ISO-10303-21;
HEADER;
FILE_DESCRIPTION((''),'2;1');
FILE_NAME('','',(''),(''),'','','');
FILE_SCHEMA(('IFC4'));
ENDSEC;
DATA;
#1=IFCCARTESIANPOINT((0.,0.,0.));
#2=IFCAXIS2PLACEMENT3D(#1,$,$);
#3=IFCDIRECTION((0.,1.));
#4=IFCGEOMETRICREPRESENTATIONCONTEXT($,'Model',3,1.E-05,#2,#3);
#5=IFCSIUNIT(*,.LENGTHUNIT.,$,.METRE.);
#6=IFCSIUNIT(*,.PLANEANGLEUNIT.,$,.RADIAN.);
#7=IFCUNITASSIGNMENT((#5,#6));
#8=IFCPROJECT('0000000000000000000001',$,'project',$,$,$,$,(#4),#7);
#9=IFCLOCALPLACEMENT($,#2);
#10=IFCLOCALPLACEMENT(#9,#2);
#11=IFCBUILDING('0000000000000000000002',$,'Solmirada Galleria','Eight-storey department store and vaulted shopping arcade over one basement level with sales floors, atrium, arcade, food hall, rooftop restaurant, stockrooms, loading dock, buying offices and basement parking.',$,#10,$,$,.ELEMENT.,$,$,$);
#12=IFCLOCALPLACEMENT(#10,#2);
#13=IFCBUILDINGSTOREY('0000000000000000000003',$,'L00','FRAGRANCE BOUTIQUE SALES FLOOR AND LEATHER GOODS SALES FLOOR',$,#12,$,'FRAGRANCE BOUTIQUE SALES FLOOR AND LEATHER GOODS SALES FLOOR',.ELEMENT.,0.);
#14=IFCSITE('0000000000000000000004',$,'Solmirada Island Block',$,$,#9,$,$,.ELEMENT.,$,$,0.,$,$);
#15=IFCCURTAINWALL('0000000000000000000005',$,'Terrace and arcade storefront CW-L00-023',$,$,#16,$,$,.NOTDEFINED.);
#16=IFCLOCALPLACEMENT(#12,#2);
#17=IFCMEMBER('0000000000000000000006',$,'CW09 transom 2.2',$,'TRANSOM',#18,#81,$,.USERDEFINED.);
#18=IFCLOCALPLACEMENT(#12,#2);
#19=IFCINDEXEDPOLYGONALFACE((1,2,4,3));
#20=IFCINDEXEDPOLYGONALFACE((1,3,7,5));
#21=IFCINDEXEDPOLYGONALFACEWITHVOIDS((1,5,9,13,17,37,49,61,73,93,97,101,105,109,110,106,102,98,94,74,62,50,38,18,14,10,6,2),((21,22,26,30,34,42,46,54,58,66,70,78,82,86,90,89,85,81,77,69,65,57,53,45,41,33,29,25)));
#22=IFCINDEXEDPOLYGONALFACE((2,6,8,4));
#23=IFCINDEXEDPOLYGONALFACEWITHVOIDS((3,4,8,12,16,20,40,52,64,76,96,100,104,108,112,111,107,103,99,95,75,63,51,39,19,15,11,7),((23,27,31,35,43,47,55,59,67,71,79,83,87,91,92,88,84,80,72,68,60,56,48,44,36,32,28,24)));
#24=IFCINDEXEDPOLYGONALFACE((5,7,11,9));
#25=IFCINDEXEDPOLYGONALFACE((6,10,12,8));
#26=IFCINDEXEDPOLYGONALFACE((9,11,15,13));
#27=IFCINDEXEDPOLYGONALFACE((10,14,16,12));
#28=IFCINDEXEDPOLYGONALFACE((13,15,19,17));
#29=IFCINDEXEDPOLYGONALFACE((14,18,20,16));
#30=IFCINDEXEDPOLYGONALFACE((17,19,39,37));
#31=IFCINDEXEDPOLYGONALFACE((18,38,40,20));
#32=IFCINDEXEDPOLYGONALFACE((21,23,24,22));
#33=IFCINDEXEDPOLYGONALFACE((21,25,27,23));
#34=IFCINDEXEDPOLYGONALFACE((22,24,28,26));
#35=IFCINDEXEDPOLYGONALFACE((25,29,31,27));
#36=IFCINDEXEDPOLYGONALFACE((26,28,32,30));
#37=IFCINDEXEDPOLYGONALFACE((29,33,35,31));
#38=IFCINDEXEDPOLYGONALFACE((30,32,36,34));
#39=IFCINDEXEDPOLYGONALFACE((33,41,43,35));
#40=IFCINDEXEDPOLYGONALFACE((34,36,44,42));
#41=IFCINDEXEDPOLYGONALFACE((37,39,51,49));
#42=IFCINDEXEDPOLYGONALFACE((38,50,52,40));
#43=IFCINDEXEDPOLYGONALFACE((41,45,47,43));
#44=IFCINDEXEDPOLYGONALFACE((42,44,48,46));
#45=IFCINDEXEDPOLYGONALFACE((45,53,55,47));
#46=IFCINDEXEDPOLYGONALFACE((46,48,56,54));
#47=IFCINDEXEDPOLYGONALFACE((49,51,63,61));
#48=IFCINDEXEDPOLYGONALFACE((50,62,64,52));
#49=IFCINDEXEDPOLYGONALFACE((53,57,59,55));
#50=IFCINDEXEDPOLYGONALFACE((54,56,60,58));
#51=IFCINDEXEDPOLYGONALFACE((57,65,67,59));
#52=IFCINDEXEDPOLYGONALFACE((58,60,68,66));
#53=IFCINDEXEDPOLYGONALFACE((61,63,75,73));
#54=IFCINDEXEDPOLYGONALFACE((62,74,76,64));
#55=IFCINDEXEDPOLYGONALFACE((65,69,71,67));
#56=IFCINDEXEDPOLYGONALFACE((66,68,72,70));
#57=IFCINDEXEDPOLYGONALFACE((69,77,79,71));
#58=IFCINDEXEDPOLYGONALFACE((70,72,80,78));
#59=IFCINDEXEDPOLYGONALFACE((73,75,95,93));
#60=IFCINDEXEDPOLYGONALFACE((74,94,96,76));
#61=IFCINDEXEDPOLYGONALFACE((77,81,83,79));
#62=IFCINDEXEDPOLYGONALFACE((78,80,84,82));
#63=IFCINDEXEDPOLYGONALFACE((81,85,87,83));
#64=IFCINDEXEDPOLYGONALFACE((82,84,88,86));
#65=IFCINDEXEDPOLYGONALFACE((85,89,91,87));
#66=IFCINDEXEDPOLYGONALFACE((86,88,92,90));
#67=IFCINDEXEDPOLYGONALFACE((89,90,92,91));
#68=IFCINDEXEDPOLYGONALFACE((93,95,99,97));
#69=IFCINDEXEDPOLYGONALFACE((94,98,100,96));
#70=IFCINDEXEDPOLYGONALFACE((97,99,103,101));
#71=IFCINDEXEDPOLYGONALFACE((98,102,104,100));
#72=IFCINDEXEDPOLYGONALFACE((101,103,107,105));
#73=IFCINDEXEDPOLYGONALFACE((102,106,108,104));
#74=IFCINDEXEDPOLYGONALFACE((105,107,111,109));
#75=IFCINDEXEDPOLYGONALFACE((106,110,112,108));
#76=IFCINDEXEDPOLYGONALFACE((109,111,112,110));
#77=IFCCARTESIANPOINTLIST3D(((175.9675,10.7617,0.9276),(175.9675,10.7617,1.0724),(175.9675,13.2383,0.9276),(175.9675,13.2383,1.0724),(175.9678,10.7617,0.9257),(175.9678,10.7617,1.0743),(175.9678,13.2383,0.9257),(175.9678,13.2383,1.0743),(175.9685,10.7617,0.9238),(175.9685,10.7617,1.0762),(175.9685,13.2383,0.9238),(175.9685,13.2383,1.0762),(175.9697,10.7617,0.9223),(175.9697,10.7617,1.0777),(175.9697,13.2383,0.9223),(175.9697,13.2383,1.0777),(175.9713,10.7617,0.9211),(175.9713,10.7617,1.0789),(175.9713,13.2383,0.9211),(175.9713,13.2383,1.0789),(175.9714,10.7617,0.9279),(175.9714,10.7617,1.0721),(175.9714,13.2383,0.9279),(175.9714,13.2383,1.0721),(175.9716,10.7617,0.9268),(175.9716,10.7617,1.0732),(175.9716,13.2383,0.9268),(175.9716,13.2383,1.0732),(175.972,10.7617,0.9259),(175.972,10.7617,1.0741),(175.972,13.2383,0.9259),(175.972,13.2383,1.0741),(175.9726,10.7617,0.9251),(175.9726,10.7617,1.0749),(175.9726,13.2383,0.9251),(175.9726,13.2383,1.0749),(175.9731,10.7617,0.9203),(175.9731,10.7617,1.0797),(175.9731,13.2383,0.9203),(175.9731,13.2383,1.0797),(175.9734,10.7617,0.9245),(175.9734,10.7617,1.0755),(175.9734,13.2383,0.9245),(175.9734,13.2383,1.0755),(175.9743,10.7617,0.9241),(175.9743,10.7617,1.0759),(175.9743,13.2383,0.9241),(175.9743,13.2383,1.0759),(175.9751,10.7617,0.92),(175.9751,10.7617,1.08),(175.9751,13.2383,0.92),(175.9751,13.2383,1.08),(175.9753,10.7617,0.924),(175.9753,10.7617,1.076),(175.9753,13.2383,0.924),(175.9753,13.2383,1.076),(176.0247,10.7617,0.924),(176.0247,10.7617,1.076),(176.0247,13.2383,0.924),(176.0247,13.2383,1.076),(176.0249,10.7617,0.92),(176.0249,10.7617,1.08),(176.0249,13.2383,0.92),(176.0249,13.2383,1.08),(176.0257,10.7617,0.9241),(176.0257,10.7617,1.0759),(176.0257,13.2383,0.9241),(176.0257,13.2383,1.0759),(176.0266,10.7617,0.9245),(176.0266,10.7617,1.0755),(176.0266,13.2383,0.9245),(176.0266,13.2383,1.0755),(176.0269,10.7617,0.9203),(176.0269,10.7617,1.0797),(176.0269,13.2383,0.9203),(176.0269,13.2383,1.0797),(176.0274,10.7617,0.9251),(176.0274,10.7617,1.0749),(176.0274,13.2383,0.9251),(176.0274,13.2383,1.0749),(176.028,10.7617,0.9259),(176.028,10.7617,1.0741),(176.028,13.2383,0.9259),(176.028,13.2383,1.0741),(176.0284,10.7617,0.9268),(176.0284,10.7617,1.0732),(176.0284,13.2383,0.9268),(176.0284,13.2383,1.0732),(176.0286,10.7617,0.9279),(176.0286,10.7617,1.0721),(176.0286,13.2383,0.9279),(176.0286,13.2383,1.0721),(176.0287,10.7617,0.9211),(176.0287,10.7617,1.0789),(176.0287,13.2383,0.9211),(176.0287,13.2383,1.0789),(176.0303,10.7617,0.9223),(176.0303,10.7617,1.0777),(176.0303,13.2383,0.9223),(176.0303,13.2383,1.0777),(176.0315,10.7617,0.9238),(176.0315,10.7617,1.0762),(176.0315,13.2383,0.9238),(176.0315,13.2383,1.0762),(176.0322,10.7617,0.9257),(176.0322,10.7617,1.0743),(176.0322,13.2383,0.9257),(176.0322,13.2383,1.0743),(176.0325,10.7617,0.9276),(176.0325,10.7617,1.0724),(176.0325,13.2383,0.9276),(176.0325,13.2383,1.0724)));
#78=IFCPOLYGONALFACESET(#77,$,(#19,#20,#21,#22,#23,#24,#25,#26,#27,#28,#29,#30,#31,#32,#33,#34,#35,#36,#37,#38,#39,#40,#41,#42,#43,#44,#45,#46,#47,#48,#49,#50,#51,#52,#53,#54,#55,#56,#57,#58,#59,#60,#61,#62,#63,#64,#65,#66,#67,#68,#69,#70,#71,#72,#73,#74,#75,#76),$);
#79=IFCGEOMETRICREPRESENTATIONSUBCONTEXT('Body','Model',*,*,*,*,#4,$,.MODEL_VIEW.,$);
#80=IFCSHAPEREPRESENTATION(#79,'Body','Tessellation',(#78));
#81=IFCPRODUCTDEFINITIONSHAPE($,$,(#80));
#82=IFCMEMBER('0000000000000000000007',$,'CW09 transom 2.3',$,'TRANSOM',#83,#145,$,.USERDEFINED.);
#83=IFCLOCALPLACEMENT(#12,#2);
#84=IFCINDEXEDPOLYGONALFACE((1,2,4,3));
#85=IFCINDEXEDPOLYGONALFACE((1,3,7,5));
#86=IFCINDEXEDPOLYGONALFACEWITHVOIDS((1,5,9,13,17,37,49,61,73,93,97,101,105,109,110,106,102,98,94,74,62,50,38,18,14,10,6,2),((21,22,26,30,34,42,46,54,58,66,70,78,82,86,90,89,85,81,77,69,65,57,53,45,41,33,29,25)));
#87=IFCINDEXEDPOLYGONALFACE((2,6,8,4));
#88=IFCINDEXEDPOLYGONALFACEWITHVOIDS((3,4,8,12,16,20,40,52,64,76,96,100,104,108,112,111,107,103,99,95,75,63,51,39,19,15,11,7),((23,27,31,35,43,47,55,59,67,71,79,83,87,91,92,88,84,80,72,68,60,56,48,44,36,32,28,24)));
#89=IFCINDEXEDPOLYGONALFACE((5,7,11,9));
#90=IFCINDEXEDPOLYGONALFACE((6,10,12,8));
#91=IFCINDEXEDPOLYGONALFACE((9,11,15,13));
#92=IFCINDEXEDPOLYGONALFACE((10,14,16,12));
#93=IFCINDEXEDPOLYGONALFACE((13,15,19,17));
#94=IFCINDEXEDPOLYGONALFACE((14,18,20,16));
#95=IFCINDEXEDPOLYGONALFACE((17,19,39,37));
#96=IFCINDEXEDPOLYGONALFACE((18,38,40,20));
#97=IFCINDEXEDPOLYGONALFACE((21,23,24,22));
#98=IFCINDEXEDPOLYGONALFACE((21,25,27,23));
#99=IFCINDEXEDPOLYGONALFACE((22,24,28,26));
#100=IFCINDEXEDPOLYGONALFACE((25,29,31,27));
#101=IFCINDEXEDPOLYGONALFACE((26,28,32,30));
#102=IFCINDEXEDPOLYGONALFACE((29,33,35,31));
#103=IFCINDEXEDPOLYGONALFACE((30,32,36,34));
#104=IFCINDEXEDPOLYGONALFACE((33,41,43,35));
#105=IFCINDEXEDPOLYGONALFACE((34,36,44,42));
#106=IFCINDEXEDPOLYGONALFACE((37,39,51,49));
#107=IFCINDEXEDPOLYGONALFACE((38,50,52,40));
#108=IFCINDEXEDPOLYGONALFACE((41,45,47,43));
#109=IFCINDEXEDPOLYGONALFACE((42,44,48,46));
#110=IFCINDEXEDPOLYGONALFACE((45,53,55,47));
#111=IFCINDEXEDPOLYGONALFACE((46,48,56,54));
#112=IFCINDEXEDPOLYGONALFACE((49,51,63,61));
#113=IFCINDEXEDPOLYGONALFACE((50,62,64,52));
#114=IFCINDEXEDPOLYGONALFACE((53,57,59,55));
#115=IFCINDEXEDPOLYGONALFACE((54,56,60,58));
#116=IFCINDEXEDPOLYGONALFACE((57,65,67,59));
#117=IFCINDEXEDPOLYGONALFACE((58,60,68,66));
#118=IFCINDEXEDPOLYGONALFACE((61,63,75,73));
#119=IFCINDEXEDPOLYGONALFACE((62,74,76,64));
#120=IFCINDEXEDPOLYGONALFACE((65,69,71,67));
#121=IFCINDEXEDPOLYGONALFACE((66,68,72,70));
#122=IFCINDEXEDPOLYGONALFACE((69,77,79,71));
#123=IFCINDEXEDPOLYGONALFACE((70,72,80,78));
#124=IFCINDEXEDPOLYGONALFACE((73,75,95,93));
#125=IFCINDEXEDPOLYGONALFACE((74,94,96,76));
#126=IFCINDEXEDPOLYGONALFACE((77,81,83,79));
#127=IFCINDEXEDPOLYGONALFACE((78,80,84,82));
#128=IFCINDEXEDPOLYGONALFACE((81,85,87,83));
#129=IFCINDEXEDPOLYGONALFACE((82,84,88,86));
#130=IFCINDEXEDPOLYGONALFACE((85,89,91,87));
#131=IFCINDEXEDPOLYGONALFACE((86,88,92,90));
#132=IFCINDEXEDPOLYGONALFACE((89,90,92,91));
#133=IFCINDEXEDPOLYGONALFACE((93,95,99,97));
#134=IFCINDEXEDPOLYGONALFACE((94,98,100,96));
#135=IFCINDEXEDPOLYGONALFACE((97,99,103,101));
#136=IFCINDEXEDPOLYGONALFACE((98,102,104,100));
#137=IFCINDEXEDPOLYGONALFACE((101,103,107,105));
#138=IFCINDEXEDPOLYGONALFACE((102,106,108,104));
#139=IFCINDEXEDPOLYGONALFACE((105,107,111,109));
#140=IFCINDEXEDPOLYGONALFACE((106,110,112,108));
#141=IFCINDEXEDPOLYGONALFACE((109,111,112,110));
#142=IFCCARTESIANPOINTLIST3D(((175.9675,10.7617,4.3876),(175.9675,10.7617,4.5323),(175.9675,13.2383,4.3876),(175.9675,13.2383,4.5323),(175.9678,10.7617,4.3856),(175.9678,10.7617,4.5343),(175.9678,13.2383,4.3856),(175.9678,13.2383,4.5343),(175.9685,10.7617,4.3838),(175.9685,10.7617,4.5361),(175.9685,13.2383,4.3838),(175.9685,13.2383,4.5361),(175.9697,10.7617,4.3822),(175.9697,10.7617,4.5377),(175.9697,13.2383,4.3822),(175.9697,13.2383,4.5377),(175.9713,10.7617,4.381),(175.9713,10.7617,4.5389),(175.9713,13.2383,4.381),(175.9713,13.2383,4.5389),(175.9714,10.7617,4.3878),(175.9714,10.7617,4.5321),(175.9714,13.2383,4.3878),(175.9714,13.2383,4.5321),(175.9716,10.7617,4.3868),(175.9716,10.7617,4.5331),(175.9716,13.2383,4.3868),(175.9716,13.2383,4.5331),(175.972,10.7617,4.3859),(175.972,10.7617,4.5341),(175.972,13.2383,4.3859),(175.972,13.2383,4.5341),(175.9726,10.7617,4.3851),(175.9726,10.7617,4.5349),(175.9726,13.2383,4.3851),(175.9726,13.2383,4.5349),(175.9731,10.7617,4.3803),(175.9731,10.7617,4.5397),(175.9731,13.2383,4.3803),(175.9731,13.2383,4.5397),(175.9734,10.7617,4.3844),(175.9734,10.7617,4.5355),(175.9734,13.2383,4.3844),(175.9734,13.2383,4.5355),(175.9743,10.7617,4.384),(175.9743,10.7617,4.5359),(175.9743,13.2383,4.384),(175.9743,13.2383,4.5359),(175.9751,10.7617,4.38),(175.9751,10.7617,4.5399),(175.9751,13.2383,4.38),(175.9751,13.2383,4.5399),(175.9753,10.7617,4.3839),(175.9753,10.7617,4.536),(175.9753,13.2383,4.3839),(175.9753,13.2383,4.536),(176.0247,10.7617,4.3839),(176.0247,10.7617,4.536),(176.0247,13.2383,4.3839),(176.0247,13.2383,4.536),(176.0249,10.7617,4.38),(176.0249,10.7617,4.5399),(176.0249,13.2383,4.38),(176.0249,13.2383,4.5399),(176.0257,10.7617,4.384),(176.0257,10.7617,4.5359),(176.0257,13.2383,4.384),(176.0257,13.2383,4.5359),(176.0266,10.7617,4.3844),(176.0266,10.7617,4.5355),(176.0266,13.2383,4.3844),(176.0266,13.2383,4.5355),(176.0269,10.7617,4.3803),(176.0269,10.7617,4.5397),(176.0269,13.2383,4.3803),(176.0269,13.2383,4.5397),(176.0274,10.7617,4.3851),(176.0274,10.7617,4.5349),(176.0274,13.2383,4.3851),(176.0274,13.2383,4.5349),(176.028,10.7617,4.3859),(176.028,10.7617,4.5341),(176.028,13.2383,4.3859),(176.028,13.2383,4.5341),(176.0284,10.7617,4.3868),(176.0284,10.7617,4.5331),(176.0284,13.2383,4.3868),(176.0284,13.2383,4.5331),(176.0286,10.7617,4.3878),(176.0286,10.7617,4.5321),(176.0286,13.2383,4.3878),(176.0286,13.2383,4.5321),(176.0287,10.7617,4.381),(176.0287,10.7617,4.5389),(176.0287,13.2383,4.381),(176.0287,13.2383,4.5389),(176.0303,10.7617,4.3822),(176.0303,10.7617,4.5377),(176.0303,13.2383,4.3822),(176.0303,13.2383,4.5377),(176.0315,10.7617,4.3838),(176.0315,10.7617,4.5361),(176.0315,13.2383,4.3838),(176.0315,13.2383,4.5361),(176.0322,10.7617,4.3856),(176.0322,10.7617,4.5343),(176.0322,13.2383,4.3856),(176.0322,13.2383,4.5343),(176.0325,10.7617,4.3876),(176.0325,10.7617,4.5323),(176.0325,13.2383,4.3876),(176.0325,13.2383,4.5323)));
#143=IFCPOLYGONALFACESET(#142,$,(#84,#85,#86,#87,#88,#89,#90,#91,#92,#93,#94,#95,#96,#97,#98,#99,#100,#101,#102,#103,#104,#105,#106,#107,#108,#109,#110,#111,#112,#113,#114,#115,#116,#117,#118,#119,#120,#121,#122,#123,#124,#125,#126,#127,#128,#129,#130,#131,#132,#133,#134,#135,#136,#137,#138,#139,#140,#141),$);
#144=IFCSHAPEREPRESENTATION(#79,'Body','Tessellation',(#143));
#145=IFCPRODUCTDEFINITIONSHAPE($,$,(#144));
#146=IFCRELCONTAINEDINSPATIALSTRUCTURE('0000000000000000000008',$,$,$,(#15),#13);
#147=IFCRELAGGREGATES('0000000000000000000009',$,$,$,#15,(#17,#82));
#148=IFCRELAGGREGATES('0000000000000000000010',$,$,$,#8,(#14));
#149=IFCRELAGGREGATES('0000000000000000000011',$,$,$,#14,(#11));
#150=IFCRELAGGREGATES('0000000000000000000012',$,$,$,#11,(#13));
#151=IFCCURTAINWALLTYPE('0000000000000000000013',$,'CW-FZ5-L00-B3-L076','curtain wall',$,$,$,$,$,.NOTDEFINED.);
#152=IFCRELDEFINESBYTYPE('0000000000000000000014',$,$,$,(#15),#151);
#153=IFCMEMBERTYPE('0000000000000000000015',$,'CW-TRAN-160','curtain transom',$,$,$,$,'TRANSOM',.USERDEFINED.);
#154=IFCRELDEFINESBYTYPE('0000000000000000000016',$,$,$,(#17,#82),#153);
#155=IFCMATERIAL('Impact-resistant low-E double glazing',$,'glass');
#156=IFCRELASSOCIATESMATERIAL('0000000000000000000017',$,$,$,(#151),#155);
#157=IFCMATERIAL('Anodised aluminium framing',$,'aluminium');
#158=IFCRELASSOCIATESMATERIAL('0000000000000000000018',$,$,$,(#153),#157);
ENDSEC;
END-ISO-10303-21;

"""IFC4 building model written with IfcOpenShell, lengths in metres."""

from ifc_helpers import new_model, si_unit, direction, frame, origin, origin_2d, place, context, subcontext, project, spatial, hollow_rectangle, extrude, material, material_profile, profile_set, type_object, element, aggregate, save


model = new_model("IFC4")

# Units and contexts
model_context = context("Model", 3, precision=1e-05, world=origin(), true_north=direction((0.0, 1.0)))
body_context = subcontext(model_context, "Body", "Model", "MODEL_VIEW")
ifc_project = project(units=[si_unit("LENGTHUNIT", "METRE"), si_unit("PLANEANGLEUNIT", "RADIAN")], contexts=[model_context])

# Site, building, storey
site_placement = place(None, origin())
site = spatial("IfcSite", under=ifc_project, at=site_placement, Name="Solmirada Island Block", CompositionType="ELEMENT", RefElevation=0.0)
building_placement = place(site_placement, origin())
building = spatial("IfcBuilding", under=site, at=building_placement, Name="Solmirada Galleria", Description="Eight-storey department store and vaulted shopping arcade over one basement level with sales floors, atrium, arcade, food hall, rooftop restaurant, stockrooms, loading dock, buying offices and basement parking.", CompositionType="ELEMENT")
storey_placement = place(building_placement, origin())
storey = spatial("IfcBuildingStorey", under=building, at=storey_placement, Name="L00", Description="FRAGRANCE BOUTIQUE SALES FLOOR AND LEATHER GOODS SALES FLOOR", LongName="FRAGRANCE BOUTIQUE SALES FLOOR AND LEATHER GOODS SALES FLOOR", CompositionType="ELEMENT", Elevation=0.0)

# Curtain wall
ifc_material_1 = material(Name="Impact-resistant low-E double glazing", Category="glass")
curtain_wall_type = type_object("IfcCurtainWallType", Name="CW-FZ5-L00-B3-L076", Description="curtain wall", PredefinedType="NOTDEFINED", material=ifc_material_1)
curtain_wall_1_placement = place(storey_placement, origin())
curtain_wall_1 = element("IfcCurtainWall", 1, at=curtain_wall_1_placement, inside=storey, type_object=curtain_wall_type, Name="Terrace and arcade storefront CW-L00-023", PredefinedType="NOTDEFINED")
ifc_material_2 = material(Name="Anodised aluminium framing", Category="aluminium")

# Members
ifc_material_profile_1 = material_profile(ifc_material_2, hollow_rectangle(XDim=0.0649, YDim=0.1599, WallThickness=0.0039, InnerFilletRadius=0.0039, OuterFilletRadius=0.0076, at=origin_2d()), Name="ALU-TRAN-160X65")
ifc_profile_set_1 = profile_set([ifc_material_profile_1], Name="Anodised aluminium framing")
member_type_1 = type_object("IfcMemberType", Name="CW-TRAN-160", Description="curtain transom", ElementType="TRANSOM", PredefinedType="USERDEFINED", material=ifc_profile_set_1)
member_1_placement = place(storey_placement, frame((176.0, 13.2383, 1.0), z_axis=(0.0, -1.0, 0.0), x_axis=(1.0, 0.0, 0.0)))
member_1 = element("IfcMember", 2, at=member_1_placement, type_object=member_type_1, Name="CW09 transom 2.2", ObjectType="TRANSOM", PredefinedType="USERDEFINED", context=body_context, shape_type="SweptSolid", body=[
    extrude(hollow_rectangle(XDim=0.0649, YDim=0.1599, WallThickness=0.0039, InnerFilletRadius=0.0039, OuterFilletRadius=0.0076, at=origin_2d()), origin(), (0.0, 0.0, 1.0), 2.4766),
])
member_2_placement = place(storey_placement, frame((176.0, 13.2383, 4.46), z_axis=(0.0, -1.0, 0.0), x_axis=(1.0, 0.0, 0.0)))
member_2 = element("IfcMember", 3, at=member_2_placement, type_object=member_type_1, Name="CW09 transom 2.3", ObjectType="TRANSOM", PredefinedType="USERDEFINED", context=body_context, shape_type="SweptSolid", body=[
    extrude(hollow_rectangle(XDim=0.0649, YDim=0.1599, WallThickness=0.0039, InnerFilletRadius=0.0039, OuterFilletRadius=0.0076, at=origin_2d()), origin(), (0.0, 0.0, 1.0), 2.4766),
])

aggregate(curtain_wall_1, [member_1, member_2])

save(model, "model.ifc")
